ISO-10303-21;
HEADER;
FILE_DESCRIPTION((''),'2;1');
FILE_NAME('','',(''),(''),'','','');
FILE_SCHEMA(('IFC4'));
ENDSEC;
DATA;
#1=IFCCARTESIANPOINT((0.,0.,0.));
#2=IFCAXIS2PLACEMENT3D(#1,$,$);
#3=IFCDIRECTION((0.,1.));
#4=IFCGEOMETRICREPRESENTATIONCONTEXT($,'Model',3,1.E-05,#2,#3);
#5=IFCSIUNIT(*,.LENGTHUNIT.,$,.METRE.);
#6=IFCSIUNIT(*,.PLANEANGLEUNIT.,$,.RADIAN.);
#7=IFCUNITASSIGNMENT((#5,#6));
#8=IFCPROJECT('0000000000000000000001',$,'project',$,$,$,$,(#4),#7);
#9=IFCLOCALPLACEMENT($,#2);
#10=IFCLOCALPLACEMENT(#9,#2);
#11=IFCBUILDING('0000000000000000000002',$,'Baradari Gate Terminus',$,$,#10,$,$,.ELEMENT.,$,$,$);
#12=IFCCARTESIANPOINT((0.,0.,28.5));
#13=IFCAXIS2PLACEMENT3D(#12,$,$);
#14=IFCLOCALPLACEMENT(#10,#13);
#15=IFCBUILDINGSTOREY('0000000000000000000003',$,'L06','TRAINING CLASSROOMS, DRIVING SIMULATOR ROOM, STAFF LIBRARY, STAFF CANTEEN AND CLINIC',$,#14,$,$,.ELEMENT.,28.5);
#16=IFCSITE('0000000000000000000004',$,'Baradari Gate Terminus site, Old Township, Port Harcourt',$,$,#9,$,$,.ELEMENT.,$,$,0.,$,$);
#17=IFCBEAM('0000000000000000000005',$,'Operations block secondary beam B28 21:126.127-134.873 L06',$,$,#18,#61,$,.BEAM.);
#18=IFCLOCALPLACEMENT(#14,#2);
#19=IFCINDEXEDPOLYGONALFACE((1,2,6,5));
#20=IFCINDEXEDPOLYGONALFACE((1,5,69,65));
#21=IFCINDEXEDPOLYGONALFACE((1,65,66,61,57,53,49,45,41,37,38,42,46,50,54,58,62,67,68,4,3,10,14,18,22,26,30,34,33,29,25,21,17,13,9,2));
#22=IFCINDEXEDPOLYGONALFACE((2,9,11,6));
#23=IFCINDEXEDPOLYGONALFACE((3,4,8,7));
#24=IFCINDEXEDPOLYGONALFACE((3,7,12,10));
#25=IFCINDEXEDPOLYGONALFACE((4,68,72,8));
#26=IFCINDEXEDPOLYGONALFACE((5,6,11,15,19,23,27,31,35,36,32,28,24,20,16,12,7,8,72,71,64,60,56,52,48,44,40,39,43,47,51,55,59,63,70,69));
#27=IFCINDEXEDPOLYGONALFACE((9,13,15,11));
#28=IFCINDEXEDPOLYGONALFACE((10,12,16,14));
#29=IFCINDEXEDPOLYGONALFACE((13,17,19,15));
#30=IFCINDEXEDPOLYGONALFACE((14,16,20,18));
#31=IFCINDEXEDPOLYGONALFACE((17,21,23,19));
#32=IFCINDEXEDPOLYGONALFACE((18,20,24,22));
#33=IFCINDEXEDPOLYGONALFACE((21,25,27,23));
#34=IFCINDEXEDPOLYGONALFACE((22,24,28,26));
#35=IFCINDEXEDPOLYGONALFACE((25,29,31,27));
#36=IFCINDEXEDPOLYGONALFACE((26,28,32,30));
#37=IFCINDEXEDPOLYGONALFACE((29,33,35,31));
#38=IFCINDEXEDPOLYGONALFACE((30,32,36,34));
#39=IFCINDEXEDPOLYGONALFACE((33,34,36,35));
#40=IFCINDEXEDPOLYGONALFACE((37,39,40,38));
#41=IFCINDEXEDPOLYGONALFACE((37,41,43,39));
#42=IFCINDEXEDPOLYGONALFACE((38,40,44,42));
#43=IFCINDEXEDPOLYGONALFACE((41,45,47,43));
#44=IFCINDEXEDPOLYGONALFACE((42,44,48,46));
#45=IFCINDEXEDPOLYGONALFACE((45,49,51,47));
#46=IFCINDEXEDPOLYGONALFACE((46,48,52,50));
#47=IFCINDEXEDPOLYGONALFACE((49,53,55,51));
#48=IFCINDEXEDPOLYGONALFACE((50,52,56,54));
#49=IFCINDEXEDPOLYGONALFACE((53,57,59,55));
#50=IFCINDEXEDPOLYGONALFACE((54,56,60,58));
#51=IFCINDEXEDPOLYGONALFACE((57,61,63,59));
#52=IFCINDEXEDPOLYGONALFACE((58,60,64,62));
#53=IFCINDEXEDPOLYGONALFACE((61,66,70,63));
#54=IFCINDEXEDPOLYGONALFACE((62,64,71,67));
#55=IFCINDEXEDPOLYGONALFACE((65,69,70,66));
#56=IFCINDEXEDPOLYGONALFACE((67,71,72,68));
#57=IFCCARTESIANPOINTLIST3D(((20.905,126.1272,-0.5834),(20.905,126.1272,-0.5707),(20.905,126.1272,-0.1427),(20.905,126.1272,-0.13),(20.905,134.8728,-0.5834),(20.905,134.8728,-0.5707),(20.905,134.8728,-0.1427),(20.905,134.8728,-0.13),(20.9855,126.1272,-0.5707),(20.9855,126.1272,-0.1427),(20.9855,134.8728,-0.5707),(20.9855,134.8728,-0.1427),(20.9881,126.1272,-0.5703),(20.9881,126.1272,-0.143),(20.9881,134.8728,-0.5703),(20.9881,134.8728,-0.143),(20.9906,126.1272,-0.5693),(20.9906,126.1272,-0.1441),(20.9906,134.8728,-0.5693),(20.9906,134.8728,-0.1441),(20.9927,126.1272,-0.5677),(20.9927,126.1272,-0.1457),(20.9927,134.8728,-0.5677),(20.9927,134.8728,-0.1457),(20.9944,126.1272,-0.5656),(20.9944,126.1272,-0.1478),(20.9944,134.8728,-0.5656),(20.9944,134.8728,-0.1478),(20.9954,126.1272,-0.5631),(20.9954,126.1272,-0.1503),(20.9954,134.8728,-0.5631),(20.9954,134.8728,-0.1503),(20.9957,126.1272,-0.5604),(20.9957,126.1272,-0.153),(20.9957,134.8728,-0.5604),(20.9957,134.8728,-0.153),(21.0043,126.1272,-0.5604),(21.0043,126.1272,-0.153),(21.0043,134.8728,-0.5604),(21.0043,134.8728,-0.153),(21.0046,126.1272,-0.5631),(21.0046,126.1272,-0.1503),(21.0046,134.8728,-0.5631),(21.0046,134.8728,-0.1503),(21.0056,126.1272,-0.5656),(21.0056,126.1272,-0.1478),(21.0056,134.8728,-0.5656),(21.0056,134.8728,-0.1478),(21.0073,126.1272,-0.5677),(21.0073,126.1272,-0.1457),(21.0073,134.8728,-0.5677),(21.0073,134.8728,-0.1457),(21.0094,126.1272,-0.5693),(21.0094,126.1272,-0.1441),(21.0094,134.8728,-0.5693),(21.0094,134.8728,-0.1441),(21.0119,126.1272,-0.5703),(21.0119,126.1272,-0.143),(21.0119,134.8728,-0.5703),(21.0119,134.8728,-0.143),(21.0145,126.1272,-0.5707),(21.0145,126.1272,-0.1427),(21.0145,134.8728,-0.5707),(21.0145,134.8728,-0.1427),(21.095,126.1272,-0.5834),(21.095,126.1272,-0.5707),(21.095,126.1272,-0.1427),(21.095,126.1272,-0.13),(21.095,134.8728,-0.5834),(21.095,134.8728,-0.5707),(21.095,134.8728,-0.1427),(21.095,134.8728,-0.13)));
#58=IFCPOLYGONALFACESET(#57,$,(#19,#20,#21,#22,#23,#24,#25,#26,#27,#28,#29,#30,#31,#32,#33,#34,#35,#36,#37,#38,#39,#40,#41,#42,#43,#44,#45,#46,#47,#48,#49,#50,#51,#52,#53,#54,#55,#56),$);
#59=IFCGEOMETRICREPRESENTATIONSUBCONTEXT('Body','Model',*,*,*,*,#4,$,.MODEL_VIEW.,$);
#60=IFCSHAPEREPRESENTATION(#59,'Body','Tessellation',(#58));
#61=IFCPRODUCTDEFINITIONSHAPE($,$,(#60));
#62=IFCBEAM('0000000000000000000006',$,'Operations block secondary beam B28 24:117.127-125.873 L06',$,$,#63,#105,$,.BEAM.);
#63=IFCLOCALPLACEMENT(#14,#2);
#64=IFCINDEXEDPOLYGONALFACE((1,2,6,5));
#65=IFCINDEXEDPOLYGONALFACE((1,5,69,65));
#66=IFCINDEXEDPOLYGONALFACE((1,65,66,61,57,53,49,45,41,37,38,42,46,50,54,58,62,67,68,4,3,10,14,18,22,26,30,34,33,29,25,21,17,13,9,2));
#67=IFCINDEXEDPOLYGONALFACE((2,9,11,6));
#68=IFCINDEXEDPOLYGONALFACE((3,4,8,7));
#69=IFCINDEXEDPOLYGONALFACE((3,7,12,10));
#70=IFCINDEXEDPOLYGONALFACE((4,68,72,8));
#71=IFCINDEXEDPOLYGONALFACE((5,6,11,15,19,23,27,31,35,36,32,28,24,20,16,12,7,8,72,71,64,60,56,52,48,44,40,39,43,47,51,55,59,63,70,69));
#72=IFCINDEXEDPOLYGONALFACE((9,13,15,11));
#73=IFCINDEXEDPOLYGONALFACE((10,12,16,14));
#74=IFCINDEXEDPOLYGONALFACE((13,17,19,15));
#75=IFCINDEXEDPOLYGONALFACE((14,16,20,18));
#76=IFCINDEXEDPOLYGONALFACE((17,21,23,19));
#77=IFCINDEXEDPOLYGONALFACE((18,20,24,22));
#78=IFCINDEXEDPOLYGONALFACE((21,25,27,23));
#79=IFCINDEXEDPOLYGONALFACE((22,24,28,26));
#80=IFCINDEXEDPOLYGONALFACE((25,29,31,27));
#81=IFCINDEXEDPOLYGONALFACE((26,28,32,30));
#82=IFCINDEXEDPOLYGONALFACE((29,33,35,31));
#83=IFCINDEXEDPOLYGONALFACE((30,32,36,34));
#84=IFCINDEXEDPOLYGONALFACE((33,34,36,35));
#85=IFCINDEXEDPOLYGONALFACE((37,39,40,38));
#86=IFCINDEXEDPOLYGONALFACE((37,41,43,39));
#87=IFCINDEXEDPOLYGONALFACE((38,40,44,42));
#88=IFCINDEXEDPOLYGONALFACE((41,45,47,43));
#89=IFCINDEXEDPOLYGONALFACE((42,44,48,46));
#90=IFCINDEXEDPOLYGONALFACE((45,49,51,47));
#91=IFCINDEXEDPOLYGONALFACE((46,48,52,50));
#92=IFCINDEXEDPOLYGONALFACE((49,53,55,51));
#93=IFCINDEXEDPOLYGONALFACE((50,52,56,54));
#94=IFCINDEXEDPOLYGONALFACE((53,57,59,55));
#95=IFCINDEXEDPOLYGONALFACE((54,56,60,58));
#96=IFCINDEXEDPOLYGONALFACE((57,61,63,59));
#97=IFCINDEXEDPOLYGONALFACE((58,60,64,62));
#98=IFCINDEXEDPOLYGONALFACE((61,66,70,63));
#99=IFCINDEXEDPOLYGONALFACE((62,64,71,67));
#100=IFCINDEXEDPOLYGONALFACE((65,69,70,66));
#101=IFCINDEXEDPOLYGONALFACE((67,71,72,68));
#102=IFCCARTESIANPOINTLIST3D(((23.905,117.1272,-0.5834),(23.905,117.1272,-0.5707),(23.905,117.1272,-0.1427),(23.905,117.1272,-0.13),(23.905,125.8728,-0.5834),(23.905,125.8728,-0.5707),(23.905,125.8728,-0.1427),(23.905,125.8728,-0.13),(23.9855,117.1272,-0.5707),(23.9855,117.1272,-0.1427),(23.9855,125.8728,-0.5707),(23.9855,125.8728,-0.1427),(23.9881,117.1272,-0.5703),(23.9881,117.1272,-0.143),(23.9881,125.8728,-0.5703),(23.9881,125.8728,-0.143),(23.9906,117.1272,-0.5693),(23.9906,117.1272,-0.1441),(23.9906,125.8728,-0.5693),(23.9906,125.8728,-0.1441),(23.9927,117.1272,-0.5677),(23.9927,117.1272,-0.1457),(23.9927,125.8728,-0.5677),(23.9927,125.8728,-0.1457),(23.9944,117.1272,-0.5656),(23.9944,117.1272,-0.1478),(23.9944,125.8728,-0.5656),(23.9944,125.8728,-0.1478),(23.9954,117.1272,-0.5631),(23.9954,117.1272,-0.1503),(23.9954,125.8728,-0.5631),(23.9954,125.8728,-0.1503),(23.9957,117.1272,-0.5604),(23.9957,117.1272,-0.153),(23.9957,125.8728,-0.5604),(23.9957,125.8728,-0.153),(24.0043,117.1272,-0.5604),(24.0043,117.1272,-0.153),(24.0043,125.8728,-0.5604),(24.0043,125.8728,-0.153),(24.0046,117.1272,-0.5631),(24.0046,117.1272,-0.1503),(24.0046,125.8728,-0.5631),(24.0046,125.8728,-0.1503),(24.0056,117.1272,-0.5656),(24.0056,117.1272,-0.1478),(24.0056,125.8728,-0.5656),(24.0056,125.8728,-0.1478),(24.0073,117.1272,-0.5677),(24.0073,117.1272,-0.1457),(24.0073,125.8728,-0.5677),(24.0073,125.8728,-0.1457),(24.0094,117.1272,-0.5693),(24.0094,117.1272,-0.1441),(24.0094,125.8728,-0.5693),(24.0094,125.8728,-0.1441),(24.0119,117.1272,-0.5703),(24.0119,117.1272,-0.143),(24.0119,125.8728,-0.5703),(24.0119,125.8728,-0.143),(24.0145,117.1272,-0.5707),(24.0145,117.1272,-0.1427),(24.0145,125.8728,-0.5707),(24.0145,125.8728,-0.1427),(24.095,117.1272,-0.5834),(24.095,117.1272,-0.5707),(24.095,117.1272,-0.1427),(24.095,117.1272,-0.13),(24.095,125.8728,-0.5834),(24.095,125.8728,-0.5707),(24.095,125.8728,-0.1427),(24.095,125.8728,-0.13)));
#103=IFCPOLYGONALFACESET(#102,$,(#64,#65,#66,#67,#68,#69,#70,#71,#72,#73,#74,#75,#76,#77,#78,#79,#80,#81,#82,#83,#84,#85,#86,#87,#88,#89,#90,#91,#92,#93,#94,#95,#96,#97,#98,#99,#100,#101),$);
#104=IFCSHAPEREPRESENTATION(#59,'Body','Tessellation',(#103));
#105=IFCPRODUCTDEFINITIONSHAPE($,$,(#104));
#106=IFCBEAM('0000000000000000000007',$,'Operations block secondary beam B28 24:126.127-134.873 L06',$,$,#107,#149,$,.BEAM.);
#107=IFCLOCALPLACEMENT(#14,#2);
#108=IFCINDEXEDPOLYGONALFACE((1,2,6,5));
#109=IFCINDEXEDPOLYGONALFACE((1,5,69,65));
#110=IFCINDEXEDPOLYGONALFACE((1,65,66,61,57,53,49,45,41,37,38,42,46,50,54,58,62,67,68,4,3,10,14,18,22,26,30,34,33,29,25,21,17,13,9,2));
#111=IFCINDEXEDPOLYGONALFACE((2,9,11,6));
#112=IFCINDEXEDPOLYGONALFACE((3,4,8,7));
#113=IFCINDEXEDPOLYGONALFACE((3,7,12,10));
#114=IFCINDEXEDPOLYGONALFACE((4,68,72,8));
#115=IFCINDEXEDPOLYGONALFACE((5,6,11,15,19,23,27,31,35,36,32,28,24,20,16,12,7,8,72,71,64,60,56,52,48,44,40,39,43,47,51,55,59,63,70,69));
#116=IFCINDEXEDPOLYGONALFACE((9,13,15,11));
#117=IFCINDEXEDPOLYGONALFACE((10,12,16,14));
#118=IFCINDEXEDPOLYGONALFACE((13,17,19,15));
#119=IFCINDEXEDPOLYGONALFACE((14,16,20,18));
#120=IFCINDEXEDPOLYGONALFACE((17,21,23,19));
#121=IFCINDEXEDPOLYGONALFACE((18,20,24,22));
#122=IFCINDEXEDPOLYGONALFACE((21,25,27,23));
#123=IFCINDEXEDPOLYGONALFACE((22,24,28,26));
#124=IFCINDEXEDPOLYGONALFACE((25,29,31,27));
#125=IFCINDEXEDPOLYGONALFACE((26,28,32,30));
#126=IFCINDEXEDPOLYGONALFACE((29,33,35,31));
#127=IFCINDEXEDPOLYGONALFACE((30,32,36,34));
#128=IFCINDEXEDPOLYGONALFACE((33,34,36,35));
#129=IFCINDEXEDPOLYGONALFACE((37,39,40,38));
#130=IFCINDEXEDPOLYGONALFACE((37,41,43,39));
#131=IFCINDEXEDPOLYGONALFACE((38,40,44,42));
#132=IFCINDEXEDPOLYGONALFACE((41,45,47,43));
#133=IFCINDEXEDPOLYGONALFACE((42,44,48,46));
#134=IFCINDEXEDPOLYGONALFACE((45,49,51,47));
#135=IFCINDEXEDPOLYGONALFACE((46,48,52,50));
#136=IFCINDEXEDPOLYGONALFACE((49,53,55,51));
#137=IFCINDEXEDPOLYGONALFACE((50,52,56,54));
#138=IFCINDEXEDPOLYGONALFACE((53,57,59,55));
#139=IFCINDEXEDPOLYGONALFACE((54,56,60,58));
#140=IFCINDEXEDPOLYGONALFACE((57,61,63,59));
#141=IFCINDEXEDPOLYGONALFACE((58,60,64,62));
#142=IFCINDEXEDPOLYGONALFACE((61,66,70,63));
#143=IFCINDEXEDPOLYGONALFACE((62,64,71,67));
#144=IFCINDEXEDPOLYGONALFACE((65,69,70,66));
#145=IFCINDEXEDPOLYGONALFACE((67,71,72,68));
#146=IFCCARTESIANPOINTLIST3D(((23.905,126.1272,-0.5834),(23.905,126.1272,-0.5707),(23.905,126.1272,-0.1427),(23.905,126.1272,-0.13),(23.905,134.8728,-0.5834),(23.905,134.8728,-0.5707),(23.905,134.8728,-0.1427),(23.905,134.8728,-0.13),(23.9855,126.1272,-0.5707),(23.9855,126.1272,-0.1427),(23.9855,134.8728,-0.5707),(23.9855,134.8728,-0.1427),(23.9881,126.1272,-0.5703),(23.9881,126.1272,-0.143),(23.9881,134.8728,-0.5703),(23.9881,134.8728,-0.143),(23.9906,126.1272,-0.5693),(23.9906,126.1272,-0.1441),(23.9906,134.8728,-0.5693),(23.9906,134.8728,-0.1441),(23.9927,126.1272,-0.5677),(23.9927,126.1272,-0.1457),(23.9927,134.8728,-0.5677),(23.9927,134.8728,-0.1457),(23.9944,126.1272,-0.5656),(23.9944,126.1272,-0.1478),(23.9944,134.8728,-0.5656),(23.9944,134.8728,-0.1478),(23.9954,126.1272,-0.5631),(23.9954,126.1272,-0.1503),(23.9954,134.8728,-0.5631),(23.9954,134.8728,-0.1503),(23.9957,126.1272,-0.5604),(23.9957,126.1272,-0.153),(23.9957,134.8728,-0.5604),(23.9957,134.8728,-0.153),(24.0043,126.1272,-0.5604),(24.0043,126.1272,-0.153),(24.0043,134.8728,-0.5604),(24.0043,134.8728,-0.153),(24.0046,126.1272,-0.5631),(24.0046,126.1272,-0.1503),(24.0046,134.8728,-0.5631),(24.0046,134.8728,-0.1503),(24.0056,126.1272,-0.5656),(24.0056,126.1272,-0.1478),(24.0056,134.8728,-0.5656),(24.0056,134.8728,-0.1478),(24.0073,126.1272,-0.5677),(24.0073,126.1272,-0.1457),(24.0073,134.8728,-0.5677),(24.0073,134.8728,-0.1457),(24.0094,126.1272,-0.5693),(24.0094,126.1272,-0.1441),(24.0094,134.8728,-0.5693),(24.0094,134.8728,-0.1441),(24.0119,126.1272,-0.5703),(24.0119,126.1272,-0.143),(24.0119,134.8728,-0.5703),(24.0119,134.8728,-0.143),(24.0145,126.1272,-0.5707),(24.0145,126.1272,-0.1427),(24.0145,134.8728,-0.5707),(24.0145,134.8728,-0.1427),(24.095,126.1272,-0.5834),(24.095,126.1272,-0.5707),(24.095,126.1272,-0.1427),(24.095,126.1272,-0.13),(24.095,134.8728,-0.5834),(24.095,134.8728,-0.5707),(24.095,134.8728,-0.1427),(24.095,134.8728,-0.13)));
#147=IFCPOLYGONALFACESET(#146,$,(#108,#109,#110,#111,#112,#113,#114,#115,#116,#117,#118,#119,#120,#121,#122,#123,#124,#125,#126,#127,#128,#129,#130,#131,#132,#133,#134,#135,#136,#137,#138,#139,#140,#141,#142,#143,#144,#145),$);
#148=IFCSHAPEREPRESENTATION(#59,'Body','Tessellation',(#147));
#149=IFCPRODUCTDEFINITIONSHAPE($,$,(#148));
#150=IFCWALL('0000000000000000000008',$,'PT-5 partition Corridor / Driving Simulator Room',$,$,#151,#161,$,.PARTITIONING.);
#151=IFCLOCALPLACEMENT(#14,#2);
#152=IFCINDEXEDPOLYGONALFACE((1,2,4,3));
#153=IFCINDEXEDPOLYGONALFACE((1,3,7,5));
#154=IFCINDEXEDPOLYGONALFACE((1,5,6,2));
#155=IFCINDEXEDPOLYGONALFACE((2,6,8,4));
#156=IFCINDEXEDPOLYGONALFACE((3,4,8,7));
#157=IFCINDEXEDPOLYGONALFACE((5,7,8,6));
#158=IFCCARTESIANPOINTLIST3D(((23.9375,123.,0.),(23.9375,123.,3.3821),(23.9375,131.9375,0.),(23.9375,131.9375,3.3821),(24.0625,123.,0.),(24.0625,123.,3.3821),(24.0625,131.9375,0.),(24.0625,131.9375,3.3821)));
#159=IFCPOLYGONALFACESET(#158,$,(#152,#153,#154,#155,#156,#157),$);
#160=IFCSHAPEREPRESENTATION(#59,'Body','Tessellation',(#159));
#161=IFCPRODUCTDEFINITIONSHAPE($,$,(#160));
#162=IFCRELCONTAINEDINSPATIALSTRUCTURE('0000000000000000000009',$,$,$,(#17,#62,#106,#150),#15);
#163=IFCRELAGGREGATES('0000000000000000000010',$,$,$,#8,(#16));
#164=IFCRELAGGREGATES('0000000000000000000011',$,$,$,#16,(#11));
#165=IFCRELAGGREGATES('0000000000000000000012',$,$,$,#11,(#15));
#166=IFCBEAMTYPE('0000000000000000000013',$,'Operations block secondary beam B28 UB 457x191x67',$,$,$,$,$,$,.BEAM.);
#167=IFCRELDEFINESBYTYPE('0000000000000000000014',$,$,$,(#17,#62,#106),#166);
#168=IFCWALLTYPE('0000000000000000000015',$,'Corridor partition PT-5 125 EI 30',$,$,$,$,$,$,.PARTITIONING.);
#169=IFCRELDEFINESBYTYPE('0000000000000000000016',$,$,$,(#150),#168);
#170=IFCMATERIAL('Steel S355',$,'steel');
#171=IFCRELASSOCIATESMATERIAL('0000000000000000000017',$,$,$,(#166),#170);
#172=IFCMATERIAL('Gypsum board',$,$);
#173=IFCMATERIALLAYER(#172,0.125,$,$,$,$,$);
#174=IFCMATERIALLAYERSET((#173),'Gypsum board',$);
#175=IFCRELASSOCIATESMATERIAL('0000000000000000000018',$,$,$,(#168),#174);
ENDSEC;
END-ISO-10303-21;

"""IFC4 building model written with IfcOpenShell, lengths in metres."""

from ifc_helpers import new_model, si_unit, direction, frame, frame_2d, origin, origin_2d, place, context, subcontext, project, spatial, rectangle, i_section, extrude, material, layer, layer_set, material_profile, profile_set, type_object, element, save


model = new_model("IFC4")

# Units and contexts
model_context = context("Model", 3, precision=1e-05, world=origin(), true_north=direction((0.0, 1.0)))
body_context = subcontext(model_context, "Body", "Model", "MODEL_VIEW")
ifc_project = project(units=[si_unit("LENGTHUNIT", "METRE"), si_unit("PLANEANGLEUNIT", "RADIAN")], contexts=[model_context])

# Site, building, storey
site_placement = place(None, origin())
site = spatial("IfcSite", under=ifc_project, at=site_placement, Name="Baradari Gate Terminus site, Old Township, Port Harcourt", CompositionType="ELEMENT", RefElevation=0.0)
building_placement = place(site_placement, origin())
building = spatial("IfcBuilding", under=site, at=building_placement, Name="Baradari Gate Terminus", CompositionType="ELEMENT")
storey_placement = place(building_placement, frame((0.0, 0.0, 28.5)))
storey = spatial("IfcBuildingStorey", under=building, at=storey_placement, Name="L06", Description="TRAINING CLASSROOMS, DRIVING SIMULATOR ROOM, STAFF LIBRARY, STAFF CANTEEN AND CLINIC", CompositionType="ELEMENT", Elevation=28.5)

# Beams
ifc_material_1 = material(Name="Steel S355", Category="steel")
ifc_material_profile_1 = material_profile(ifc_material_1, i_section(OverallWidth=0.1899, OverallDepth=0.4534, WebThickness=0.0085, FlangeThickness=0.0127, FilletRadius=0.0103, at=origin_2d()), Name="UB 457x191x67")
ifc_profile_set_1 = profile_set([ifc_material_profile_1], Name="Steel S355")
beam_type_1 = type_object("IfcBeamType", Name="Operations block secondary beam B28 UB 457x191x67", PredefinedType="BEAM", material=ifc_profile_set_1)
for number, where, z_axis, x_axis, name in (
    (1, (21.0, 126.1272, -0.3567), (0.0, 1.0, 0.0), (-1.0, 0.0, 0.0), "Operations block secondary beam B28 21:126.127-134.873 L06"),
    (2, (24.0, 117.1272, -0.3567), (0.0, 1.0, 0.0), (-1.0, 0.0, 0.0), "Operations block secondary beam B28 24:117.127-125.873 L06"),
    (3, (24.0, 126.1272, -0.3567), (0.0, 1.0, 0.0), (-1.0, 0.0, 0.0), "Operations block secondary beam B28 24:126.127-134.873 L06"),
):
    element("IfcBeam", number, at=place(storey_placement, frame(where, z_axis=z_axis, x_axis=x_axis)), inside=storey, type_object=beam_type_1, Name=name, PredefinedType="BEAM", context=body_context, shape_type="SweptSolid", body=[
        extrude(i_section(OverallWidth=0.1899, OverallDepth=0.4534, WebThickness=0.0085, FlangeThickness=0.0127, FilletRadius=0.0103, at=origin_2d()), origin(), (0.0, 0.0, 1.0), 8.7456),
    ])

# Wall
ifc_material_2 = material(Name="Gypsum board")
ifc_layer_1 = layer(ifc_material_2, 0.125)
ifc_layer_set_1 = layer_set([ifc_layer_1], Name="Gypsum board")
wall_type_1 = type_object("IfcWallType", Name="Corridor partition PT-5 125 EI 30", PredefinedType="PARTITIONING", material=ifc_layer_set_1)
wall_1_placement = place(storey_placement, frame((24.0, 123.0, 0.0), z_axis=(0.0, 0.0, 1.0), x_axis=(0.0, 1.0, 0.0)))
element("IfcWall", 4, at=wall_1_placement, inside=storey, type_object=wall_type_1, Name="PT-5 partition Corridor / Driving Simulator Room", PredefinedType="PARTITIONING", context=body_context, shape_type="SweptSolid", body=[
    extrude(rectangle(XDim=8.9375, YDim=0.125, at=frame_2d((4.4688, 0.0))), origin(), (0.0, 0.0, 1.0), 3.3821),
])

save(model, "model.ifc")
